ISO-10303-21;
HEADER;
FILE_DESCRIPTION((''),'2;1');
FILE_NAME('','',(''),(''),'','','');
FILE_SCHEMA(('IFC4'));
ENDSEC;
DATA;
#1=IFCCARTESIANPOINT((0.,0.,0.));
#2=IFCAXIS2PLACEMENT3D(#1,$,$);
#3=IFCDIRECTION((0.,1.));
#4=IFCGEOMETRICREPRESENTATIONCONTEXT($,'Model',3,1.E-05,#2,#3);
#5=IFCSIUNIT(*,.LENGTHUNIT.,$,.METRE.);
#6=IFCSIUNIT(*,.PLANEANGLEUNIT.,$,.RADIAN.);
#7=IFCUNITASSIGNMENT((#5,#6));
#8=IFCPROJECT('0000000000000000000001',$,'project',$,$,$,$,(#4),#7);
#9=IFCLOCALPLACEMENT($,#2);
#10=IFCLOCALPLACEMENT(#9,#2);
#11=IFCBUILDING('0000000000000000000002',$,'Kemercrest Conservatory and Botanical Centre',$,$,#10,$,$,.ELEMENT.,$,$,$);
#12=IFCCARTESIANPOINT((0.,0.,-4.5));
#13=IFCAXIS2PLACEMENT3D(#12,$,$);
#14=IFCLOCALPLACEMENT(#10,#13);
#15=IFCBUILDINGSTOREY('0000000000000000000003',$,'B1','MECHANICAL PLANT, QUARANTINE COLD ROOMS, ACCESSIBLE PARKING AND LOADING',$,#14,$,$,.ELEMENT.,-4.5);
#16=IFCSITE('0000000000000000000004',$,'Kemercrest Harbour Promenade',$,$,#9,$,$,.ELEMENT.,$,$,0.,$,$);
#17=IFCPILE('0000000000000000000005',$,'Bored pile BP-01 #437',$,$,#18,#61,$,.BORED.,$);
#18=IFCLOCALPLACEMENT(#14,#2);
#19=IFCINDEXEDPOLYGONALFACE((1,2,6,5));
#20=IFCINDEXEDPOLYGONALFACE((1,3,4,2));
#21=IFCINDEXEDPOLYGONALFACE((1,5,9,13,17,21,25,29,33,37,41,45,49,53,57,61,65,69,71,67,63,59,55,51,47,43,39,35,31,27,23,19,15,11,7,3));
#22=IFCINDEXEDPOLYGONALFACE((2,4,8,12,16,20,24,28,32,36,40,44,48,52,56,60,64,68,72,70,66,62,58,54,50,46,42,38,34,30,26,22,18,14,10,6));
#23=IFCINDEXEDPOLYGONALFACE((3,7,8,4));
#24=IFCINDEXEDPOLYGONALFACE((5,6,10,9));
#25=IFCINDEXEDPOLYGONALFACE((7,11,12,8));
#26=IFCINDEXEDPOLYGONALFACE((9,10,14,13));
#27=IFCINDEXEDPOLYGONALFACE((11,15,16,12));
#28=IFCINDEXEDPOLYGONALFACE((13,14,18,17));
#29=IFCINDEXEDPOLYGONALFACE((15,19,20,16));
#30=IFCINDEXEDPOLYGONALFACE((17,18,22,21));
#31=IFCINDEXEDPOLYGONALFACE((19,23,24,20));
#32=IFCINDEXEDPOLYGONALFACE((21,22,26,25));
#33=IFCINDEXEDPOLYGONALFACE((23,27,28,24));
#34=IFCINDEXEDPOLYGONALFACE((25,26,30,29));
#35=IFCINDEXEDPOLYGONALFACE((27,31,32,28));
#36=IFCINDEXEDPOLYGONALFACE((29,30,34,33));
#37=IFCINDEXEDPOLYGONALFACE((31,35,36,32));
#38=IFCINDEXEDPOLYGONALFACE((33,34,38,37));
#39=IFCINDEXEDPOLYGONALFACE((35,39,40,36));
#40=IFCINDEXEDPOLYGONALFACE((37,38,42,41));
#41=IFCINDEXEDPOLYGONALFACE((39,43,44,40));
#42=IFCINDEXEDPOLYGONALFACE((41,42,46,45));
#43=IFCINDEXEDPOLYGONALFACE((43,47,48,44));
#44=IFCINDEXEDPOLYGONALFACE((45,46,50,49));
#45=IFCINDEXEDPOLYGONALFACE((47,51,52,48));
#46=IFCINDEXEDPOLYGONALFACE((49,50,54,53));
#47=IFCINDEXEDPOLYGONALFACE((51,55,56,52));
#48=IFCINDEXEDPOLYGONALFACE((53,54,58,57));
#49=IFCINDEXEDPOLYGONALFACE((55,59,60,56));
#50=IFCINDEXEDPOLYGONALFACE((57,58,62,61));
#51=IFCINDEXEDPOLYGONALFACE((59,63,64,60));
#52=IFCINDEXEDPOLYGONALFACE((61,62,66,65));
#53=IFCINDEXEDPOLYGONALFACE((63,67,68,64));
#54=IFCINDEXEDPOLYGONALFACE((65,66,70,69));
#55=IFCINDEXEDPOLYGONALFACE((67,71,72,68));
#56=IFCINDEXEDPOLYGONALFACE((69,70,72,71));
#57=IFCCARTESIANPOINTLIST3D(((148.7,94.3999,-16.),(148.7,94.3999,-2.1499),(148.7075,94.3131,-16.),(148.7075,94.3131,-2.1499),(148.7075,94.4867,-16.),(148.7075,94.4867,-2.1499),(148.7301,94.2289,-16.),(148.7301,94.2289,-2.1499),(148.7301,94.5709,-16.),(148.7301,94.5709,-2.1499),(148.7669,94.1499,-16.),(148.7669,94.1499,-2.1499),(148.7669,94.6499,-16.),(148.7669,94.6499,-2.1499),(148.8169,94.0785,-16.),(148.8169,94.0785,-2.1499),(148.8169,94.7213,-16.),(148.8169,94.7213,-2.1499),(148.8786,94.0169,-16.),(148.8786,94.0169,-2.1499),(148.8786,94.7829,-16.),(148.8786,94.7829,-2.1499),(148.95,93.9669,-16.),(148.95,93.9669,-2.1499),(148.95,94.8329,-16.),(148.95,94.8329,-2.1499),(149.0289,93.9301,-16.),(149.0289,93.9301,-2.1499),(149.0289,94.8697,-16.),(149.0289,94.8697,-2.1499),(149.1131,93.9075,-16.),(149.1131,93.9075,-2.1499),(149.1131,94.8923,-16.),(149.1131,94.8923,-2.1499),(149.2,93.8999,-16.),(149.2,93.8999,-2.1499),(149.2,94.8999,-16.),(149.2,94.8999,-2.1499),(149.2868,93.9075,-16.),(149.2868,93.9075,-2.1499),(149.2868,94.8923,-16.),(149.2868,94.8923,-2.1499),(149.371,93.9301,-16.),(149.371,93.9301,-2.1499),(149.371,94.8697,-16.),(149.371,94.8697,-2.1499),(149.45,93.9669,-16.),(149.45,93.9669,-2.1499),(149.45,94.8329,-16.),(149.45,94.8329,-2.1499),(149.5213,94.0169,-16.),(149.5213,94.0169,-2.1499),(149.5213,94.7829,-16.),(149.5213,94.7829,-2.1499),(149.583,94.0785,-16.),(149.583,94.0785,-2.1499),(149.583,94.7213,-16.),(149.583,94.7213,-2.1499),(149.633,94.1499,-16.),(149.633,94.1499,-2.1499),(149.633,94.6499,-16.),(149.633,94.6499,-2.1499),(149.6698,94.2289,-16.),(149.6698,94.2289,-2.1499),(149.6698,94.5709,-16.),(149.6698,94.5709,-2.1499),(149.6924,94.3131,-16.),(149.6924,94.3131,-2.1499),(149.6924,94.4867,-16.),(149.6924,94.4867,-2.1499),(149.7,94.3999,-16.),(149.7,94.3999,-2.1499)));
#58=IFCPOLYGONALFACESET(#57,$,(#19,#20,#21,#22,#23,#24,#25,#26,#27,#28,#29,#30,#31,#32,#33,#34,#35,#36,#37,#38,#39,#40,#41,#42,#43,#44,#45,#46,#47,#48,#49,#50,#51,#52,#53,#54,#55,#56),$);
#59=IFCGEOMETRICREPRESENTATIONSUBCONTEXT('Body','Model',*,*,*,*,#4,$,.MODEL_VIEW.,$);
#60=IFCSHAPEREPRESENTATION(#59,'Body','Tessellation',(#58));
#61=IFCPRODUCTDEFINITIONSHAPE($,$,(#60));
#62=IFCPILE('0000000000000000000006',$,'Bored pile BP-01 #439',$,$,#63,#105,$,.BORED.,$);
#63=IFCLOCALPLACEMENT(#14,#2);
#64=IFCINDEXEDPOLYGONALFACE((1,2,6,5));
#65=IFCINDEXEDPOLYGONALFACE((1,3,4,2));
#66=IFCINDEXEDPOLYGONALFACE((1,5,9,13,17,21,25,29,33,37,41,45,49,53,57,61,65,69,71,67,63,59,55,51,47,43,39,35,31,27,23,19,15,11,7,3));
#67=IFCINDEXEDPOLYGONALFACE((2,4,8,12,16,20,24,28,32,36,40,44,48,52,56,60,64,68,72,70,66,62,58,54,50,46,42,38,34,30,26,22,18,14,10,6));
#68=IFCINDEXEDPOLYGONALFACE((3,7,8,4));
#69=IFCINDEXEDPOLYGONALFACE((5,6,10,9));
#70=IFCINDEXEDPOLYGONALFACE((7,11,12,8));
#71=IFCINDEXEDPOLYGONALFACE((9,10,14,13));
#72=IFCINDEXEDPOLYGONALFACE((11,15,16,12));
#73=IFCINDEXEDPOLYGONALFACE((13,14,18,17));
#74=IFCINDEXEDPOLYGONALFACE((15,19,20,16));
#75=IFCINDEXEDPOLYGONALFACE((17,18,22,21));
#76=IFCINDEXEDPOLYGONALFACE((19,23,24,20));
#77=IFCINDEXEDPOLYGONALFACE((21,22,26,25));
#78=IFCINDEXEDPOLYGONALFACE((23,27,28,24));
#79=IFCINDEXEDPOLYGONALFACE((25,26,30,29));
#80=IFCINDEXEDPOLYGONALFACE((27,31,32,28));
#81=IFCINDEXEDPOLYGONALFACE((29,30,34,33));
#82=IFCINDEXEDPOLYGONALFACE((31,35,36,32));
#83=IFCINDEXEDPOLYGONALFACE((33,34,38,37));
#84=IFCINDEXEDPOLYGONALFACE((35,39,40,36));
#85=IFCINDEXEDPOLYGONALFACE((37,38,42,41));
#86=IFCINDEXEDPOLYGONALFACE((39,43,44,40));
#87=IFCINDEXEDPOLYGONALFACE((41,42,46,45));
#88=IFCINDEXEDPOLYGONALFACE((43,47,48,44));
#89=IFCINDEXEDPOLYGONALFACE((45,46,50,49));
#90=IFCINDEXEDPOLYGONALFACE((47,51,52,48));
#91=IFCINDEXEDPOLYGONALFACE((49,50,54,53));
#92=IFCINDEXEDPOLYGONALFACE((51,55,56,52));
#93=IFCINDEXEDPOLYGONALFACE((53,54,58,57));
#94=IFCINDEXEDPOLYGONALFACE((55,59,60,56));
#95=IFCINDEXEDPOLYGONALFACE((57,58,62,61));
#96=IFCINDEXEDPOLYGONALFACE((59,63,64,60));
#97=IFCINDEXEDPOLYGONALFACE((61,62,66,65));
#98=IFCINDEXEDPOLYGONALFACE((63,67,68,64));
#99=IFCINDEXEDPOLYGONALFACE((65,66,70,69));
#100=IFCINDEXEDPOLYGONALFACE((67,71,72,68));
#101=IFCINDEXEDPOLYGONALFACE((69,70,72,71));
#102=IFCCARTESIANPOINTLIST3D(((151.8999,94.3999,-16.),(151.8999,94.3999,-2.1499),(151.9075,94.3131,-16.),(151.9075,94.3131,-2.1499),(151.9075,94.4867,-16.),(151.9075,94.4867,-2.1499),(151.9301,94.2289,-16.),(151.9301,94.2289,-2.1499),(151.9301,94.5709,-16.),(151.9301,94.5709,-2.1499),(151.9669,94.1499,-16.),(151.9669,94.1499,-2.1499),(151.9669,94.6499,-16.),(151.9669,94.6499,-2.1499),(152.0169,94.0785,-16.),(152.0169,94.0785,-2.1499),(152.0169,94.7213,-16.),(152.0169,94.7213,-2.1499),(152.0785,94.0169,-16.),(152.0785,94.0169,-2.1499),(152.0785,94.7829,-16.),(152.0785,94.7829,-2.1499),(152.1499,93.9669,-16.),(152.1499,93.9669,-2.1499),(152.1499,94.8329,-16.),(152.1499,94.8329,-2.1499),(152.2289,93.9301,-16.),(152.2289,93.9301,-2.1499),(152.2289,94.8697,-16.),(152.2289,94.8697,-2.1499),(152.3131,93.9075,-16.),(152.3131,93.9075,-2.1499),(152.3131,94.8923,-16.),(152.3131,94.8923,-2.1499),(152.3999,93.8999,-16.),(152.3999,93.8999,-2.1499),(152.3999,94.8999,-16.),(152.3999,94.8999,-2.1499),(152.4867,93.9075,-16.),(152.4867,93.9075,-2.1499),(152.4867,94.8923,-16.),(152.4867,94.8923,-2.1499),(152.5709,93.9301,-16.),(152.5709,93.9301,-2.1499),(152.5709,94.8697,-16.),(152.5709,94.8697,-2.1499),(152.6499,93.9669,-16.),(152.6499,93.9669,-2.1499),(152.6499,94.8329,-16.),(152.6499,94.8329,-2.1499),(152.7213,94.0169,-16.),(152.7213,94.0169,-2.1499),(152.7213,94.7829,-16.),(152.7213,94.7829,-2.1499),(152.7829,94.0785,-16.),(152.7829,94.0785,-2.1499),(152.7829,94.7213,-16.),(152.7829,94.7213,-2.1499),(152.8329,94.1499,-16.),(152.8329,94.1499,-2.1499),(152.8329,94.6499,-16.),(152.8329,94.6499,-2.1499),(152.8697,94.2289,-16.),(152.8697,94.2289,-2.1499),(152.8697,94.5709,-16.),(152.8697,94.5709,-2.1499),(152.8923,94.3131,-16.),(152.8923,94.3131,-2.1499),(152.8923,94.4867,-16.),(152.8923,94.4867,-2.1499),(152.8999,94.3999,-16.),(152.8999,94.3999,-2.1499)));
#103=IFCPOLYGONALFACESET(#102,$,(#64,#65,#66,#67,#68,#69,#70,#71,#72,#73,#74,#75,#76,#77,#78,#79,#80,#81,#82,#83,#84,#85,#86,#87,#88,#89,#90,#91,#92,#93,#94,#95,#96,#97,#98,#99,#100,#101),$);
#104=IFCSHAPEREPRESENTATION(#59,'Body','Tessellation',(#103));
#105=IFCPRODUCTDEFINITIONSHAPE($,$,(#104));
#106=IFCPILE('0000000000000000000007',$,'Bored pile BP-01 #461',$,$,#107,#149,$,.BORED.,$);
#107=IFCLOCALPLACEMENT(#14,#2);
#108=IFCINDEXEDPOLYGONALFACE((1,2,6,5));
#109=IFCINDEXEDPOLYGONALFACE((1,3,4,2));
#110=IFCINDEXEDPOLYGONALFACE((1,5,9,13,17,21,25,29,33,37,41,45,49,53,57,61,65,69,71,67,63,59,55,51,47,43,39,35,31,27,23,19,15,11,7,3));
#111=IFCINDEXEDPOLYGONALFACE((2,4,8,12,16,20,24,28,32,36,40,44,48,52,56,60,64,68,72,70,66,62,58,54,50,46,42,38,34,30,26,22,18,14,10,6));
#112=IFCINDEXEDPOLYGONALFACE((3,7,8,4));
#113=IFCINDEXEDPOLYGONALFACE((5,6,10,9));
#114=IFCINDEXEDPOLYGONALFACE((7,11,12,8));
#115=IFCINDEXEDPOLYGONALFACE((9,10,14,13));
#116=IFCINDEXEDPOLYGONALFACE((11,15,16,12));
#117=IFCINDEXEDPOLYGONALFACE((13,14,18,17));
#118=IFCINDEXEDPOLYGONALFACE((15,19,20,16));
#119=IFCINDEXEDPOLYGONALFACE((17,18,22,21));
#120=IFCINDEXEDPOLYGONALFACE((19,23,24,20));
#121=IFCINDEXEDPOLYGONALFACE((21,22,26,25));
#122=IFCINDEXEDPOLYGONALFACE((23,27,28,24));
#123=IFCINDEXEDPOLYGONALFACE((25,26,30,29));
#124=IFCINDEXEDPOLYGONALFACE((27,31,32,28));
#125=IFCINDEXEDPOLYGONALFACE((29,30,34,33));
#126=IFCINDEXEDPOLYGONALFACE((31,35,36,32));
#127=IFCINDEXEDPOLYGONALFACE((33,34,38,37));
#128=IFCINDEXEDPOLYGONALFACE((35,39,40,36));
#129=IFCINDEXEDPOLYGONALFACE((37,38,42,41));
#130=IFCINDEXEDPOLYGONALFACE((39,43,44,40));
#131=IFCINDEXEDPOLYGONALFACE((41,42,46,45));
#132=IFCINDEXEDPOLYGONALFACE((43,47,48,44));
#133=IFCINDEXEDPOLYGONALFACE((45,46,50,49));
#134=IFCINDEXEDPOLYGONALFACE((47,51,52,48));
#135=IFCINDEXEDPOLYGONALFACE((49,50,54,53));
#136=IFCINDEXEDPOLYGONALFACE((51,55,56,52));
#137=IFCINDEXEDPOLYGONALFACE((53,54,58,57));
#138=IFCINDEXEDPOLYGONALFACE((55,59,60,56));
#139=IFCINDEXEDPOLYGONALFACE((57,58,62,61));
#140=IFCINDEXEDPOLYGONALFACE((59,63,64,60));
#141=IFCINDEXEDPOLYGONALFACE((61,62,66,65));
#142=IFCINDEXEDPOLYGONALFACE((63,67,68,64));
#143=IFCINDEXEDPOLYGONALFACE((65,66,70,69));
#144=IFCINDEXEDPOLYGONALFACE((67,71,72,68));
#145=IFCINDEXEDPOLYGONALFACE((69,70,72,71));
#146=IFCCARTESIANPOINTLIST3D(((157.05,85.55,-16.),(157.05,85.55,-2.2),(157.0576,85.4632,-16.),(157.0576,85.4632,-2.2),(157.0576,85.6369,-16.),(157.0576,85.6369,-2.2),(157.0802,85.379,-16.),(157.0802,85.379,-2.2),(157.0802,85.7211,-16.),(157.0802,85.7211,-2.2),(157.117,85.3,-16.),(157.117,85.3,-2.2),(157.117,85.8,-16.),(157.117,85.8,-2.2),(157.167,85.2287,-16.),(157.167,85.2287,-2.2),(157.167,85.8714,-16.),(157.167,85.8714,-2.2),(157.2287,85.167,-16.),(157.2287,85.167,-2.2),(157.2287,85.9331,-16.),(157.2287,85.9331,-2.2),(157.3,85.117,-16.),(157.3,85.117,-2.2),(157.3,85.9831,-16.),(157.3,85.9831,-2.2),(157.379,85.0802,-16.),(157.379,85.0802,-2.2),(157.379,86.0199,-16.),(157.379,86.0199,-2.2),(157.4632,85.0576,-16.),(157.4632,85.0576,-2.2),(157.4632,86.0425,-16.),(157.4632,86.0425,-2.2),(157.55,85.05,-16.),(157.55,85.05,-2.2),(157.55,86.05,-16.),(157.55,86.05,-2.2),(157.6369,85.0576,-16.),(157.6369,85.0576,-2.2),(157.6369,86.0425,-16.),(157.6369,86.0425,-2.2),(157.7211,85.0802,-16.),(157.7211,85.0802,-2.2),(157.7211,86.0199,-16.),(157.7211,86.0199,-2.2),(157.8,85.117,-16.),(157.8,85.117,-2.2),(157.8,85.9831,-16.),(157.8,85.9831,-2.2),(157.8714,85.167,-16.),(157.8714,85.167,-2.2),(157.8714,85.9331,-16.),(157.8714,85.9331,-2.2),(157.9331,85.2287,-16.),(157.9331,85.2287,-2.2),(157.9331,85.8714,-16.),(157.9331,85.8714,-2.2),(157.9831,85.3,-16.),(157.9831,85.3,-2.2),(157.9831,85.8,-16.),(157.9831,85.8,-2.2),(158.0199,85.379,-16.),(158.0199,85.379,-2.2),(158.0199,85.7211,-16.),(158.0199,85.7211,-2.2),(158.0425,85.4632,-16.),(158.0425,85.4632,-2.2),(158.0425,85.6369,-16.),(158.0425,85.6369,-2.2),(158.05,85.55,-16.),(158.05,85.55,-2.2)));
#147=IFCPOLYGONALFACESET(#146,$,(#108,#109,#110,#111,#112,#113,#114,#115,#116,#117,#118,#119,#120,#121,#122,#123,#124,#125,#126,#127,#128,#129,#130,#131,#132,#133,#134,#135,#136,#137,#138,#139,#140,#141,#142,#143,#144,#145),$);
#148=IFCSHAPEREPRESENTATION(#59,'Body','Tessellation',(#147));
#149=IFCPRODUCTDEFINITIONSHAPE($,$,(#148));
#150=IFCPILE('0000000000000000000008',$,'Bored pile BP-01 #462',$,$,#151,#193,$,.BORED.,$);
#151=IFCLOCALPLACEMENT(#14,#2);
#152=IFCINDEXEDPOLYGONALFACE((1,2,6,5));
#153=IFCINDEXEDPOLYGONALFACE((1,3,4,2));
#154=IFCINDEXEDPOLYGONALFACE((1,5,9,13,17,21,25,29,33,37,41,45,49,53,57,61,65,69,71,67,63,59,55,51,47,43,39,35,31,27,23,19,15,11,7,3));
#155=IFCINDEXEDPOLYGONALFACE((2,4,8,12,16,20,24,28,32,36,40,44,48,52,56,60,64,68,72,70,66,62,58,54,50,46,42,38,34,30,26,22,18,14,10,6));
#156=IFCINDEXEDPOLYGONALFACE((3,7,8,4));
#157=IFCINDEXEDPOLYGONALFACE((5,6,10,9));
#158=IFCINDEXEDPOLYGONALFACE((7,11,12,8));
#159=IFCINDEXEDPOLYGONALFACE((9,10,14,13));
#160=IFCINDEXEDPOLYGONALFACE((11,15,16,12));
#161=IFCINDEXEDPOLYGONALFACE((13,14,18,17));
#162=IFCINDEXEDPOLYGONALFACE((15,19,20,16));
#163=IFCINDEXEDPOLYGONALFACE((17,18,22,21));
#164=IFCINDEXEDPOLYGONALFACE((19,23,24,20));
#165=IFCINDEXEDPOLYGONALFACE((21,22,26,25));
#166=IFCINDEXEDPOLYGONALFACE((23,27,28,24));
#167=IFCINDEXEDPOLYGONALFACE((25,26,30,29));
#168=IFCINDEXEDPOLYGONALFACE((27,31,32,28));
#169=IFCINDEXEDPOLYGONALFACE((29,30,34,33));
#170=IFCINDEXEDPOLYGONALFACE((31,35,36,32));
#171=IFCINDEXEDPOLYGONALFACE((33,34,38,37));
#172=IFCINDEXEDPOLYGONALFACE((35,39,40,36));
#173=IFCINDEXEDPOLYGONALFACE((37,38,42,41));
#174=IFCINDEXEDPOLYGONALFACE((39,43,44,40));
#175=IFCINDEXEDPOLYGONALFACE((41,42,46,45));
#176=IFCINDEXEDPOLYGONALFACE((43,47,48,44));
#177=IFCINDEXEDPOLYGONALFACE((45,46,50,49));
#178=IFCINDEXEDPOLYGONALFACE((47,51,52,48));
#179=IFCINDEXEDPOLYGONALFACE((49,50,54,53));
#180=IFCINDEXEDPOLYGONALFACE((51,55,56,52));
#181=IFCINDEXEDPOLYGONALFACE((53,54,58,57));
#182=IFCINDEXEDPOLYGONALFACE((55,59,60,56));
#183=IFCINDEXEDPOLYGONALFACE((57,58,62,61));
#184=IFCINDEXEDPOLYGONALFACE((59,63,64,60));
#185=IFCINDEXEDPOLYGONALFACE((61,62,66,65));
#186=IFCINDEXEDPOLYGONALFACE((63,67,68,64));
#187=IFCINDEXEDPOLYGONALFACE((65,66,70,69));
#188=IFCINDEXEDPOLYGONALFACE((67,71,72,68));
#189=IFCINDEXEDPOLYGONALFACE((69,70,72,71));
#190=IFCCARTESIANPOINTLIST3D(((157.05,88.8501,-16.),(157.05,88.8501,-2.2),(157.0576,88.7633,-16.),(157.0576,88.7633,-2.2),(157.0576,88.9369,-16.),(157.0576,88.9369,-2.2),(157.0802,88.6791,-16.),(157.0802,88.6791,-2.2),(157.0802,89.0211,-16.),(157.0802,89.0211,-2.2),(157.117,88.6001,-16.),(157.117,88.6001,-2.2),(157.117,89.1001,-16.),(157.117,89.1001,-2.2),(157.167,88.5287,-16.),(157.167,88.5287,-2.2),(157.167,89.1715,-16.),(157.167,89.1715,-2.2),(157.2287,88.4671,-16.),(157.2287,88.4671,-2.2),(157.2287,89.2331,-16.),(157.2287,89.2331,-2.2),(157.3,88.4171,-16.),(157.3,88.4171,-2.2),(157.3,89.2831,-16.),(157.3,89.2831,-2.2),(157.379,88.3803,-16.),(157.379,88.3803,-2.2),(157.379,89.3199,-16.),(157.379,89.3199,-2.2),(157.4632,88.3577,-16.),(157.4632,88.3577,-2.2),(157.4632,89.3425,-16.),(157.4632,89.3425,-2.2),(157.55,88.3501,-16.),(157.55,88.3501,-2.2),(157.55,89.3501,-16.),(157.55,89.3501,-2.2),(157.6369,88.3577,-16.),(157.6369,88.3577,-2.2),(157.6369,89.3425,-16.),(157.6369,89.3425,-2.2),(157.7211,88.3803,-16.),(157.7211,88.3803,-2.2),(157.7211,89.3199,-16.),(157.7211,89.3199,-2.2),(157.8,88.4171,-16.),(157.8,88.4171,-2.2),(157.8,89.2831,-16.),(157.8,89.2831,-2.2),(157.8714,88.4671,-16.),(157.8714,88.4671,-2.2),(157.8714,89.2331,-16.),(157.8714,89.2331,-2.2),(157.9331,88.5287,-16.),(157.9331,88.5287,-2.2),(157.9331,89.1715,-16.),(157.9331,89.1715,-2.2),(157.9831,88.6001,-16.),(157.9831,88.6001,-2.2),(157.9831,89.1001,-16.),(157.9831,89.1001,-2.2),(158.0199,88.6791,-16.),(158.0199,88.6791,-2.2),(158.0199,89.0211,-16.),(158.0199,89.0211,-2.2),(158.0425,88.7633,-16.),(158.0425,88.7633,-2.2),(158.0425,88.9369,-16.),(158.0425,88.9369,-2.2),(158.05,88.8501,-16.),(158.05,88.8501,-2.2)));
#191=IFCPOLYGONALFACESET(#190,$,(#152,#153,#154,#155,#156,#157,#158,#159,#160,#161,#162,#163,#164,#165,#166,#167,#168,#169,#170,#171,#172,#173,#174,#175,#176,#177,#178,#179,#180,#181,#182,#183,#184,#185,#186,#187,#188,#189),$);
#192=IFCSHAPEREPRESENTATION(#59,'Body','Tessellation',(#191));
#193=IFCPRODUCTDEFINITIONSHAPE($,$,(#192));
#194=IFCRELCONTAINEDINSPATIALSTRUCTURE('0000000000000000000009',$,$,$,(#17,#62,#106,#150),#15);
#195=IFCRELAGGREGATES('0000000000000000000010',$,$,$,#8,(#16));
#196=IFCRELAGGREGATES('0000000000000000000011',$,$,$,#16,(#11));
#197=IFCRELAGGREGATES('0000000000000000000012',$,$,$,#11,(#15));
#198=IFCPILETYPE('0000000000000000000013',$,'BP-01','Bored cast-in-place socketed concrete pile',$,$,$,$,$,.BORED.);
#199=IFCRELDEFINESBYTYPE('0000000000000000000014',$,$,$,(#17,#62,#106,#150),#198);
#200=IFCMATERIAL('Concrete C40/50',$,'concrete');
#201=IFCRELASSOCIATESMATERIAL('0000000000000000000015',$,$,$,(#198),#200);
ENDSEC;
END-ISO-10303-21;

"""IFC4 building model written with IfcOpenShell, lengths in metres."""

from ifc_helpers import new_model, si_unit, direction, frame, origin, origin_2d, place, context, subcontext, project, spatial, circle, extrude, material, material_profile, profile_set, type_object, element, save


model = new_model("IFC4")

# Units and contexts
model_context = context("Model", 3, precision=1e-05, world=origin(), true_north=direction((0.0, 1.0)))
body_context = subcontext(model_context, "Body", "Model", "MODEL_VIEW")
ifc_project = project(units=[si_unit("LENGTHUNIT", "METRE"), si_unit("PLANEANGLEUNIT", "RADIAN")], contexts=[model_context])

# Site, building, storey
site_placement = place(None, origin())
site = spatial("IfcSite", under=ifc_project, at=site_placement, Name="Kemercrest Harbour Promenade", CompositionType="ELEMENT", RefElevation=0.0)
building_placement = place(site_placement, origin())
building = spatial("IfcBuilding", under=site, at=building_placement, Name="Kemercrest Conservatory and Botanical Centre", CompositionType="ELEMENT")
storey_placement = place(building_placement, frame((0.0, 0.0, -4.5)))
storey = spatial("IfcBuildingStorey", under=building, at=storey_placement, Name="B1", Description="MECHANICAL PLANT, QUARANTINE COLD ROOMS, ACCESSIBLE PARKING AND LOADING", CompositionType="ELEMENT", Elevation=-4.5)

# Piles
ifc_material_1 = material(Name="Concrete C40/50", Category="concrete")
ifc_material_profile_1 = material_profile(ifc_material_1, circle(Radius=0.5, at=origin_2d()), Name="BORED PILE 1000")
ifc_profile_set_1 = profile_set([ifc_material_profile_1], Name="Concrete C40/50")
pile_type = type_object("IfcPileType", Name="BP-01", Description="Bored cast-in-place socketed concrete pile", PredefinedType="BORED", material=ifc_profile_set_1)
for number, where, z_axis, x_axis, name in (
    (1, (149.2, 94.3999, -2.1499), (0.0, 0.0, -1.0), (1.0, 0.0, 0.0), "Bored pile BP-01 #437"),
    (2, (152.3999, 94.3999, -2.1499), (0.0, 0.0, -1.0), (1.0, 0.0, 0.0), "Bored pile BP-01 #439"),
):
    element("IfcPile", number, at=place(storey_placement, frame(where, z_axis=z_axis, x_axis=x_axis)), inside=storey, type_object=pile_type, Name=name, PredefinedType="BORED", context=body_context, shape_type="SweptSolid", body=[
        extrude(circle(Radius=0.5, at=origin_2d()), origin(), (0.0, 0.0, 1.0), 13.8501),
    ])
for number, where, z_axis, x_axis, name in (
    (3, (157.55, 85.55, -2.2), (0.0, 0.0, -1.0), (1.0, 0.0, 0.0), "Bored pile BP-01 #461"),
    (4, (157.55, 88.8501, -2.2), (0.0, 0.0, -1.0), (1.0, 0.0, 0.0), "Bored pile BP-01 #462"),
):
    element("IfcPile", number, at=place(storey_placement, frame(where, z_axis=z_axis, x_axis=x_axis)), inside=storey, type_object=pile_type, Name=name, PredefinedType="BORED", context=body_context, shape_type="SweptSolid", body=[
        extrude(circle(Radius=0.5, at=origin_2d()), origin(), (0.0, 0.0, 1.0), 13.8),
    ])

save(model, "model.ifc")
